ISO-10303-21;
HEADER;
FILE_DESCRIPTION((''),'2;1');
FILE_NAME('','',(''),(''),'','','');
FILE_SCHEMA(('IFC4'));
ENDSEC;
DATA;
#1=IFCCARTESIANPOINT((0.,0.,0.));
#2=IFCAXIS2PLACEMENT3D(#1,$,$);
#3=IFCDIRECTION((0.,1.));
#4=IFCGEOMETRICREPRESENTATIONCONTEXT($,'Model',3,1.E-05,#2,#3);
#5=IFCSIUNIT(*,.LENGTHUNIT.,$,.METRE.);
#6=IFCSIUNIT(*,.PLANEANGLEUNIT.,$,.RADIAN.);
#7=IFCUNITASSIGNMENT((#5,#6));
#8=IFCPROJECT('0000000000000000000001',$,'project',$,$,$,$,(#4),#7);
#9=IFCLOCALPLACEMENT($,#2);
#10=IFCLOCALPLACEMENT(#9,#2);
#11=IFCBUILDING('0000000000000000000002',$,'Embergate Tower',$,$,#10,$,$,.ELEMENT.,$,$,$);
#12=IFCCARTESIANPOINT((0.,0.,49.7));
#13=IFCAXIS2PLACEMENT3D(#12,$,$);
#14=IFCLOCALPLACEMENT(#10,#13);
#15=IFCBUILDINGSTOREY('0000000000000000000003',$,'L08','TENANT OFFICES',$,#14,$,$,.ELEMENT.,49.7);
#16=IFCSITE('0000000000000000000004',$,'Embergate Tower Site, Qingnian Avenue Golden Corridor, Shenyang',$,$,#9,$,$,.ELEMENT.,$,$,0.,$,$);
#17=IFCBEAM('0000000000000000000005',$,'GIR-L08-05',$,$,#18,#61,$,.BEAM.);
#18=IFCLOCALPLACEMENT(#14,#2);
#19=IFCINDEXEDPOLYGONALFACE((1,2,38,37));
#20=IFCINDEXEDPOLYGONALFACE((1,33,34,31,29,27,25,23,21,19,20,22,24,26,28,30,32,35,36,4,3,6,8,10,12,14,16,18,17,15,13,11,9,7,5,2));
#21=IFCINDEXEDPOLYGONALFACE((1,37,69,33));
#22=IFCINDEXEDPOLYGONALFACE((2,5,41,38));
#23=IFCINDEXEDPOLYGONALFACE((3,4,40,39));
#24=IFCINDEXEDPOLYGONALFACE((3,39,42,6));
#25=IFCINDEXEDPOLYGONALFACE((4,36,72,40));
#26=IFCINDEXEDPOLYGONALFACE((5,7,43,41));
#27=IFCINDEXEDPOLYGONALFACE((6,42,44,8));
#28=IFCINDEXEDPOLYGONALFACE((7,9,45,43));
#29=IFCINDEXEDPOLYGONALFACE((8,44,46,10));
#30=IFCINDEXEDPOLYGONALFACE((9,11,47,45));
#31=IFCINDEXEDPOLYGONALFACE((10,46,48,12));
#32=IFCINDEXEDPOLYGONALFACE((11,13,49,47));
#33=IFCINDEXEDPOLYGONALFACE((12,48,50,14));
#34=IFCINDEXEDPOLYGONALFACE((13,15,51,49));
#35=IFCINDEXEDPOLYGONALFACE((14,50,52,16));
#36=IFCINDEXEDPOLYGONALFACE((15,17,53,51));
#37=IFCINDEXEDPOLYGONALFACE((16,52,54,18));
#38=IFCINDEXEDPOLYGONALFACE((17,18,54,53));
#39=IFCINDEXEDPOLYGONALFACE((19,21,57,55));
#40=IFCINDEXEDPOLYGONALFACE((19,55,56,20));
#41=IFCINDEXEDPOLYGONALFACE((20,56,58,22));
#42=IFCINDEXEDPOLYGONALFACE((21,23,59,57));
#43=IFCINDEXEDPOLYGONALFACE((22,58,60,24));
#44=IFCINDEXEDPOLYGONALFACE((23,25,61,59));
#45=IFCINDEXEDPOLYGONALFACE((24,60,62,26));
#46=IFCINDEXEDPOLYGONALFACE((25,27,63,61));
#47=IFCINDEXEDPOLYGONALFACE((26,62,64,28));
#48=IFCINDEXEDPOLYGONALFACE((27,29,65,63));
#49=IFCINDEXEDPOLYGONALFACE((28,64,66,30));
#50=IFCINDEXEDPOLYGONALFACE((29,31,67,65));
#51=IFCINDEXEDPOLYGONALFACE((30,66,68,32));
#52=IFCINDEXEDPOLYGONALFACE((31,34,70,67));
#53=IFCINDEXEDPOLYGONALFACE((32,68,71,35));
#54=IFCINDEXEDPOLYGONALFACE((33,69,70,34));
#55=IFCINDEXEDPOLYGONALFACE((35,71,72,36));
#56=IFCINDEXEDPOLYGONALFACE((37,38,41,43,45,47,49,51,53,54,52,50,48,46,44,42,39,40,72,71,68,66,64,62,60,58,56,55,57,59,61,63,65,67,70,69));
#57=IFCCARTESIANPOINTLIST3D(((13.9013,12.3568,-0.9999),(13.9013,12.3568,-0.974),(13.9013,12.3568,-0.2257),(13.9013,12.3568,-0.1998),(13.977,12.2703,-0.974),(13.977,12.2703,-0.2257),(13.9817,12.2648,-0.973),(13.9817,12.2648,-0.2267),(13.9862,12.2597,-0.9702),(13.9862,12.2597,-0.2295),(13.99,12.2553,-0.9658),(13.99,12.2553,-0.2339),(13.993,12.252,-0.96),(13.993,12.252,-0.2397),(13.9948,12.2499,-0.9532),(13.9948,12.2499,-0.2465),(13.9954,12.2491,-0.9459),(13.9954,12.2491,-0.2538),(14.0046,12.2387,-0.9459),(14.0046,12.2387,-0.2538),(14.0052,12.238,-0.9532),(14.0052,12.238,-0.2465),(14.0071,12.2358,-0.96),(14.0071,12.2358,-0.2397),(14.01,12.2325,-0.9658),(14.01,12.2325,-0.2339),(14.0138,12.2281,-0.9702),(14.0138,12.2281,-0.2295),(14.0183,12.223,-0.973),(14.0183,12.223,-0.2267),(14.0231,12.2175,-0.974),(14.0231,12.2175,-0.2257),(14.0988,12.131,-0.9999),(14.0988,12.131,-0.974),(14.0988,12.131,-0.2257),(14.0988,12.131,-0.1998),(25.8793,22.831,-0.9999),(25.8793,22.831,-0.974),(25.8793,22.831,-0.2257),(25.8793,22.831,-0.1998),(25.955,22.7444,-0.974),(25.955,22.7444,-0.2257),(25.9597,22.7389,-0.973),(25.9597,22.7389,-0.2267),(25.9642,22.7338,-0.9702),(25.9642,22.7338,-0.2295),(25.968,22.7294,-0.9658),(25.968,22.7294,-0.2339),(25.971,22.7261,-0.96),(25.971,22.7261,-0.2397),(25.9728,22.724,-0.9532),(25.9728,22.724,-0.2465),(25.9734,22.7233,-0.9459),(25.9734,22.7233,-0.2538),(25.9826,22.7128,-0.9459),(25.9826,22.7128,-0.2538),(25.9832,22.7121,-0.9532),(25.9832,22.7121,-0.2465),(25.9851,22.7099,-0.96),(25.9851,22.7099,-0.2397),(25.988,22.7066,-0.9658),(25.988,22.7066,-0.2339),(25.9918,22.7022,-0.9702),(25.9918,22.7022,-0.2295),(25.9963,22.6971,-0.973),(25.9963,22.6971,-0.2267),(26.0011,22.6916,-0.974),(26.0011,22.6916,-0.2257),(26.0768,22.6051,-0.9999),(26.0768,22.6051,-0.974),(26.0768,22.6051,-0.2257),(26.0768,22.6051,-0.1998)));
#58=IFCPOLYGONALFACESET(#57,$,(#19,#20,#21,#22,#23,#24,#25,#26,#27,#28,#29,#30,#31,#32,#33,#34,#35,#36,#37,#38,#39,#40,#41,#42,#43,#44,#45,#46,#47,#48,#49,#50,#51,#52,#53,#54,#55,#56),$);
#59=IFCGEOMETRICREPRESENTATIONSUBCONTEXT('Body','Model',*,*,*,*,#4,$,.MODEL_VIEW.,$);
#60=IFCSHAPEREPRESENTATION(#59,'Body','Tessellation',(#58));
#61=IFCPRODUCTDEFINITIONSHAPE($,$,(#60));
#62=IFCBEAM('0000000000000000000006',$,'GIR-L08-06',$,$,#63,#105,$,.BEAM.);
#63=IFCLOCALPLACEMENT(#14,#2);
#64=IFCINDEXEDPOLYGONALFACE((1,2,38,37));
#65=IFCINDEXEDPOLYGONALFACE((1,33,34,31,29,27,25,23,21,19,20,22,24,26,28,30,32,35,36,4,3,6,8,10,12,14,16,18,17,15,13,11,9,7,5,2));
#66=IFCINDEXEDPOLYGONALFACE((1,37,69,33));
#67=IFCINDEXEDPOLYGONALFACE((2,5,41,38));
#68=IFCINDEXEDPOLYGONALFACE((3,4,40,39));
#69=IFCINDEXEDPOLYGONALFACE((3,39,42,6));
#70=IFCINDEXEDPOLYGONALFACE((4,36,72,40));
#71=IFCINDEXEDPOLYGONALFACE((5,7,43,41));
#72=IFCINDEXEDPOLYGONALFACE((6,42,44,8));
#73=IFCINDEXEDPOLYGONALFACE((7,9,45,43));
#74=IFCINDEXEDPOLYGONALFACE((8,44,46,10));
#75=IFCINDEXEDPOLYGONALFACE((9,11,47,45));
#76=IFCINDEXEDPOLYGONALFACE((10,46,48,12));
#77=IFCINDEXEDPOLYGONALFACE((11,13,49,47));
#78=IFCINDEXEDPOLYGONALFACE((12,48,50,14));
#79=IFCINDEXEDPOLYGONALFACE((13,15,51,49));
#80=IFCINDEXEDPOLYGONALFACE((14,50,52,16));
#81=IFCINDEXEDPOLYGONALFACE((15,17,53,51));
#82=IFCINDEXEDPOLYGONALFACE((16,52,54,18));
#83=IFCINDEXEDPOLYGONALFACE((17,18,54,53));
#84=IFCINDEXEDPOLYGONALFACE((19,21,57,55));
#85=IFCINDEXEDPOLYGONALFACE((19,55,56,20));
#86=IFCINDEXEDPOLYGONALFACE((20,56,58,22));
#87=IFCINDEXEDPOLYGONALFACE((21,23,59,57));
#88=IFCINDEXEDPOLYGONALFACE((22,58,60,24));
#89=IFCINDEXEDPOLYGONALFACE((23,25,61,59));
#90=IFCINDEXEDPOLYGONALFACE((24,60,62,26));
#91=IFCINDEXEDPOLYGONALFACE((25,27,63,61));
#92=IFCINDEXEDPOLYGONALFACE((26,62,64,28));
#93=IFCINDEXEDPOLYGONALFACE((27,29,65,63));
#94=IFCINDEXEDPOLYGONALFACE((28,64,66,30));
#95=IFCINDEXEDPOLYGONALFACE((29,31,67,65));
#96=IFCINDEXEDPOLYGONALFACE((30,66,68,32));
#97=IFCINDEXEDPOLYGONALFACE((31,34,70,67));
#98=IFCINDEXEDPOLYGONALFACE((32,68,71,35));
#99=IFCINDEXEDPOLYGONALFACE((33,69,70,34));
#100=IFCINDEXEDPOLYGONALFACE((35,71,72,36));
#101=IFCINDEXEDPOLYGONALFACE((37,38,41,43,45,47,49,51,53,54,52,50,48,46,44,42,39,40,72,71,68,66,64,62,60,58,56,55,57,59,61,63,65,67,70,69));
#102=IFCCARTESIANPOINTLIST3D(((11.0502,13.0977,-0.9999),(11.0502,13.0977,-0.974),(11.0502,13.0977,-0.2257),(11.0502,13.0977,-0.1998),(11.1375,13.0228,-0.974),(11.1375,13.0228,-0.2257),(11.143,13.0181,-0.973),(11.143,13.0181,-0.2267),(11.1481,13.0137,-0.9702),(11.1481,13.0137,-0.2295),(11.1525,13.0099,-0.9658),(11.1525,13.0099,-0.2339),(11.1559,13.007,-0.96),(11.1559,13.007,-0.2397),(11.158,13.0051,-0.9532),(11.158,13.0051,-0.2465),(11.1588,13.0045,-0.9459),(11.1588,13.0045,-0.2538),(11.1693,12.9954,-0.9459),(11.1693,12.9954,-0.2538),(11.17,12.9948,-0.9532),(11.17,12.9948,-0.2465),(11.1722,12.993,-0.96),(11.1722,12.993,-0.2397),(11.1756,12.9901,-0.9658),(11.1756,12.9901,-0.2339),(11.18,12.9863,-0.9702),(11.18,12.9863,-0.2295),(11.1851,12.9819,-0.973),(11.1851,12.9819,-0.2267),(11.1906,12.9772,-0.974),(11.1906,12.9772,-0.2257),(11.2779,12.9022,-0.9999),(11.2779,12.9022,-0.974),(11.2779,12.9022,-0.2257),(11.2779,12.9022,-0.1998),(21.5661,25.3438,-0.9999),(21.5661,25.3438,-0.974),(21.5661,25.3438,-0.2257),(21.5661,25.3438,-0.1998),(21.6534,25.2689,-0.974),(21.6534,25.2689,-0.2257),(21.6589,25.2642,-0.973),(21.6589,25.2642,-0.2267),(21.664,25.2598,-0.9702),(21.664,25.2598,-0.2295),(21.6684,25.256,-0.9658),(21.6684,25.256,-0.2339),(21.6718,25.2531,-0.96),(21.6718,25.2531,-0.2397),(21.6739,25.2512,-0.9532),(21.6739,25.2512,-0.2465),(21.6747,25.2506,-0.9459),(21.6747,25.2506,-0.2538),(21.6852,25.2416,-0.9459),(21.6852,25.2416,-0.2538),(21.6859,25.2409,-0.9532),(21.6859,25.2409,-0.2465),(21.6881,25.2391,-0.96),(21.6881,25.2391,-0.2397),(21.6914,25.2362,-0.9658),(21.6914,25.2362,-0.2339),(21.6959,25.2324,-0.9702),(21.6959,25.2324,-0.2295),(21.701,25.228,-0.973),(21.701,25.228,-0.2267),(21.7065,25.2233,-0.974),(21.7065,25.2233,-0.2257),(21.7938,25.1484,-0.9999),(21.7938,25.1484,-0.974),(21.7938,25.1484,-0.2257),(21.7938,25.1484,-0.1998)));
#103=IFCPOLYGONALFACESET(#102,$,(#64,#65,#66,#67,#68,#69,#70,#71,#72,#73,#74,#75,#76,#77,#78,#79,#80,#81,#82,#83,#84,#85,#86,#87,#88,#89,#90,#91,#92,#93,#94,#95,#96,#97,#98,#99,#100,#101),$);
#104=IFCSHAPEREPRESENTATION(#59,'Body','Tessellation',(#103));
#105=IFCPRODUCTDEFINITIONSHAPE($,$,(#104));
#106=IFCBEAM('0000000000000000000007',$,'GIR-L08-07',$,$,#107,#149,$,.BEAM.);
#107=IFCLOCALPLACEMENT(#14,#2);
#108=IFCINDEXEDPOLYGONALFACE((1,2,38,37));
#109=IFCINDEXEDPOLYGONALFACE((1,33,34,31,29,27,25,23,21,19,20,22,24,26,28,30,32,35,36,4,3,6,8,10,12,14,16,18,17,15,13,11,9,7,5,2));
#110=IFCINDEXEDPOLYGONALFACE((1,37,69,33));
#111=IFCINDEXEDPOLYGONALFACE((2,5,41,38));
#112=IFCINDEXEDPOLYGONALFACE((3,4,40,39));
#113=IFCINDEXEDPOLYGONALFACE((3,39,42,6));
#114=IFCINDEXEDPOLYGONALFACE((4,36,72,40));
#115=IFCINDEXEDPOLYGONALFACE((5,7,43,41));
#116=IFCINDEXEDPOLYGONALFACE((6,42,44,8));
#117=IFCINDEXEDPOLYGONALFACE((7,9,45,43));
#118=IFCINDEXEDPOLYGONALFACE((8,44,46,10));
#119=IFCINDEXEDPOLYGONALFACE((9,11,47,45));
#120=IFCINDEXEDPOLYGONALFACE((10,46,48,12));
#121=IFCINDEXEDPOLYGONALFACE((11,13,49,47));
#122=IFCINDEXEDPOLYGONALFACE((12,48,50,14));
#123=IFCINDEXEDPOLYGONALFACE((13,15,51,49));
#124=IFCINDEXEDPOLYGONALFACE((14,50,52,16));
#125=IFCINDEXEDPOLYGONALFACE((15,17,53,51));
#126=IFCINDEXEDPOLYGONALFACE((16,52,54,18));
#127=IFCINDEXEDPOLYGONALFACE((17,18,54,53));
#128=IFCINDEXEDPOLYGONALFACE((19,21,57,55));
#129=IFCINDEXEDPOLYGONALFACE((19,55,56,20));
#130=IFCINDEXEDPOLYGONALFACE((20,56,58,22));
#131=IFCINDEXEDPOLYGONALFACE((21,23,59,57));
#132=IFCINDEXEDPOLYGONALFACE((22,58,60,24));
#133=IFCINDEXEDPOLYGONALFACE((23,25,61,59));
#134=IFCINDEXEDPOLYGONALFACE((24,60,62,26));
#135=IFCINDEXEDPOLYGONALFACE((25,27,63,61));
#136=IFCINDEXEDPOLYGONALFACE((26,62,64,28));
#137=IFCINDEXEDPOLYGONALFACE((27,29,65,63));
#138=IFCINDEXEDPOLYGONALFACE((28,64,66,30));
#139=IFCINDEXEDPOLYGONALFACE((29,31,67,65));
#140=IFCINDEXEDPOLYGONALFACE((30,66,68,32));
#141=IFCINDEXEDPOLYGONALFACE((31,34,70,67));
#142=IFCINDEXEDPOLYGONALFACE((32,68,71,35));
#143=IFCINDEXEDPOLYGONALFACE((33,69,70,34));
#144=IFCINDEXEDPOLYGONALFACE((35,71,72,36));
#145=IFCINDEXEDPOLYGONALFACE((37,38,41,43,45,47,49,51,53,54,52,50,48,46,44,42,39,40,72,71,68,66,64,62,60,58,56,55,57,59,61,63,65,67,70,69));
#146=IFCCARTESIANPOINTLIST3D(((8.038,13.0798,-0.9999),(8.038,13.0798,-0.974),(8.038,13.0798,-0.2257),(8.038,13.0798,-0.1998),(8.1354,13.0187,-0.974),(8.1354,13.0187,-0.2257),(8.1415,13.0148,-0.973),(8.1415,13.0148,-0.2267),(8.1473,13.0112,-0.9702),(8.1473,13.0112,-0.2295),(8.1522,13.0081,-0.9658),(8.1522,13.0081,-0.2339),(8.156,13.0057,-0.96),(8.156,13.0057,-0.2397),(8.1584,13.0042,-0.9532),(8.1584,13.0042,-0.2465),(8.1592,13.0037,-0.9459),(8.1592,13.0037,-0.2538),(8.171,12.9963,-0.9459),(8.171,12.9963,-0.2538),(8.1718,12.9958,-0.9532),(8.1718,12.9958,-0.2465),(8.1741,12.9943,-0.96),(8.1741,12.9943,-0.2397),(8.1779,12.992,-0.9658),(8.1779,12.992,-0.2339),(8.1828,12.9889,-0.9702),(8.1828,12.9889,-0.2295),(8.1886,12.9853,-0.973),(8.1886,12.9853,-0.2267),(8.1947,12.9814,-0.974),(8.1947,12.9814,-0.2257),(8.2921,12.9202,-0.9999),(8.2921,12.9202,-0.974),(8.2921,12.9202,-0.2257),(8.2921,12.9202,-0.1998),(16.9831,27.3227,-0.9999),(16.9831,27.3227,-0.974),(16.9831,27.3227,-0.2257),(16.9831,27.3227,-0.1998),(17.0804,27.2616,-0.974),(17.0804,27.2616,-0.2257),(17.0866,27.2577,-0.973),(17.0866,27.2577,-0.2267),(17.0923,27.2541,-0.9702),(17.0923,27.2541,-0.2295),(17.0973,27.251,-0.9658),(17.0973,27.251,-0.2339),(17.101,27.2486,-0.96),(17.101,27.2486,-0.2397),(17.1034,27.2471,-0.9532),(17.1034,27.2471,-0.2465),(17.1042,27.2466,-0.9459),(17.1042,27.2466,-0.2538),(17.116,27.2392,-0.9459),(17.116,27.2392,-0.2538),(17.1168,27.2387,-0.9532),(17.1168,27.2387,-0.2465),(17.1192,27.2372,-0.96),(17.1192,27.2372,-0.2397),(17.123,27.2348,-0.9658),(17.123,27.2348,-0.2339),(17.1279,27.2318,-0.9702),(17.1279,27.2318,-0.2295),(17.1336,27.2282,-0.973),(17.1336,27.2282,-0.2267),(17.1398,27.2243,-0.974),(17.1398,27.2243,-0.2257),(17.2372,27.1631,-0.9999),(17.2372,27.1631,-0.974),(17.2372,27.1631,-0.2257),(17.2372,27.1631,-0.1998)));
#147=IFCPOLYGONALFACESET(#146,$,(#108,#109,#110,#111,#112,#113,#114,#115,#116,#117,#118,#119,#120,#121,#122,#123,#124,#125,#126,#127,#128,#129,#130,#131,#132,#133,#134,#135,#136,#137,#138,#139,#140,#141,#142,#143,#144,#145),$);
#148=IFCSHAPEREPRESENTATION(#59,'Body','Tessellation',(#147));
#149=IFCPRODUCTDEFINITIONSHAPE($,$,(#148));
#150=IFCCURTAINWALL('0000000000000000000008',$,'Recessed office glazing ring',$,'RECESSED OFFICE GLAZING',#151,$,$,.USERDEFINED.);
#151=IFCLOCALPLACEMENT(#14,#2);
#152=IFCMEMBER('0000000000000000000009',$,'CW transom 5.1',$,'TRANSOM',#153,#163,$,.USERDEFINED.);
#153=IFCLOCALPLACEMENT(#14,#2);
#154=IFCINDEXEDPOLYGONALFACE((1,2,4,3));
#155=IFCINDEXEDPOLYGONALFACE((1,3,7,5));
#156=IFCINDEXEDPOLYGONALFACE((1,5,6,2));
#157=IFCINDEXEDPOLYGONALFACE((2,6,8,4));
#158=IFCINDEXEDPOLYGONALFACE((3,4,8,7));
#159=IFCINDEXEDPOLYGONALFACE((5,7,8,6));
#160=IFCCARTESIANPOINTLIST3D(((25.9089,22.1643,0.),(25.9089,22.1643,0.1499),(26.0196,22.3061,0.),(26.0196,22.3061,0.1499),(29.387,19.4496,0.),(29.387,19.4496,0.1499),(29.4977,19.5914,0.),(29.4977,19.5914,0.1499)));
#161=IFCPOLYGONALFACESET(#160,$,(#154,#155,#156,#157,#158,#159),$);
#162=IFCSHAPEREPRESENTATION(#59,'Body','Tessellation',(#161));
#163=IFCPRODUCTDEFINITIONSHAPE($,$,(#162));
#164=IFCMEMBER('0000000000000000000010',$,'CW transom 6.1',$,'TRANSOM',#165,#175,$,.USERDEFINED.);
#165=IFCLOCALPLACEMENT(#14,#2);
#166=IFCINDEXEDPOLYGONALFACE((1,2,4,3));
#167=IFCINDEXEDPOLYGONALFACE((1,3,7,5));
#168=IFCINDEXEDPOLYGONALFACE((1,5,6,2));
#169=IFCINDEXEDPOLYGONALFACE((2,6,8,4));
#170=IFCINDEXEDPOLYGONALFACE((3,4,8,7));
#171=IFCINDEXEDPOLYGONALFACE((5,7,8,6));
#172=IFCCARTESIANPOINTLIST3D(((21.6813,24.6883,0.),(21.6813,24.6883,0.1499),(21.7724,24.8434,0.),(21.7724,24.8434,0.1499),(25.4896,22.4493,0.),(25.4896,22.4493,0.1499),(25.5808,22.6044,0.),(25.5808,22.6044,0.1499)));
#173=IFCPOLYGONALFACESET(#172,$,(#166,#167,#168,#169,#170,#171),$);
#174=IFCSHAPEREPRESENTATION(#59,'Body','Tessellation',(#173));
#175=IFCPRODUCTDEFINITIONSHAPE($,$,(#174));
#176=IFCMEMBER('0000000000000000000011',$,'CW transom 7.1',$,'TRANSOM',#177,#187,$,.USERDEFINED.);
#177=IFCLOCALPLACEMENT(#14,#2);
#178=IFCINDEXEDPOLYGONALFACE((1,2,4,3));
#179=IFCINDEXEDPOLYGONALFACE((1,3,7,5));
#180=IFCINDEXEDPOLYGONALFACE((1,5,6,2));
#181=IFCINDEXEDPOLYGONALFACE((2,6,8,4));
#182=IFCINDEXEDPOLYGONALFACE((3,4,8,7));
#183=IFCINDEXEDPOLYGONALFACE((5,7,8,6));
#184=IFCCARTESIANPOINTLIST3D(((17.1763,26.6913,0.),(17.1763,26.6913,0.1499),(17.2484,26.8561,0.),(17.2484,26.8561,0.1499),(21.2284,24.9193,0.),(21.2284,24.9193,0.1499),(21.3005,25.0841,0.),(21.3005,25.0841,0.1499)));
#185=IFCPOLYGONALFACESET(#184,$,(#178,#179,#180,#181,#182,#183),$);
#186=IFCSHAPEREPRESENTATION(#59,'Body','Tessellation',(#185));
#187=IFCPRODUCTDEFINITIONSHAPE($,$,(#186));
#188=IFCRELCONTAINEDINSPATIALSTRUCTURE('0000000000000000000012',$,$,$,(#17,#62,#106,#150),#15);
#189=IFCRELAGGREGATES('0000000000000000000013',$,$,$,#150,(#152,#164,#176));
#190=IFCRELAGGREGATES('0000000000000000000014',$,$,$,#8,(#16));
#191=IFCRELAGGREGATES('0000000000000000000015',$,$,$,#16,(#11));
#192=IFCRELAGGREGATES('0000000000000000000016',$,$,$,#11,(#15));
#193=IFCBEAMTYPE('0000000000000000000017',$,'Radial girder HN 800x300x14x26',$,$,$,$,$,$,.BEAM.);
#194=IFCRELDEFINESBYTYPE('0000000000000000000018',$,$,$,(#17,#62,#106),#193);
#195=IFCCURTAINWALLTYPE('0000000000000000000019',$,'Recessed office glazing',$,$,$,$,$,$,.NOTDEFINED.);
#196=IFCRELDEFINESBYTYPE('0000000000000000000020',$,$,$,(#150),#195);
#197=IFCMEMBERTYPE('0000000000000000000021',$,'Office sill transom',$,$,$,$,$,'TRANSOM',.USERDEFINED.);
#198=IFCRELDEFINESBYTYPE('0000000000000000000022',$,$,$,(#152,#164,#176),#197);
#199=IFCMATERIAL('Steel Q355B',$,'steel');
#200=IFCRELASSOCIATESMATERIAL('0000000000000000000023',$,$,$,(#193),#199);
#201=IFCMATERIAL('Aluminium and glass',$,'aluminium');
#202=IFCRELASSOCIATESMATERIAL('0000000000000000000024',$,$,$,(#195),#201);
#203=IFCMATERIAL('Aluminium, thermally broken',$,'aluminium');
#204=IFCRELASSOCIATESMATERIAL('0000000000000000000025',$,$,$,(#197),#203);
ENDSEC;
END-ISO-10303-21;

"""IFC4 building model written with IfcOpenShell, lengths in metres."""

from ifc_helpers import new_model, si_unit, direction, frame, origin, origin_2d, place, context, subcontext, project, spatial, rectangle, i_section, extrude, source, transform, mapped, material, material_profile, profile_set, type_object, element, aggregate, save


model = new_model("IFC4")

# Units and contexts
model_context = context("Model", 3, precision=1e-05, world=origin(), true_north=direction((0.0, 1.0)))
body_context = subcontext(model_context, "Body", "Model", "MODEL_VIEW")
ifc_project = project(units=[si_unit("LENGTHUNIT", "METRE"), si_unit("PLANEANGLEUNIT", "RADIAN")], contexts=[model_context])

# Site, building, storey
site_placement = place(None, origin())
site = spatial("IfcSite", under=ifc_project, at=site_placement, Name="Embergate Tower Site, Qingnian Avenue Golden Corridor, Shenyang", CompositionType="ELEMENT", RefElevation=0.0)
building_placement = place(site_placement, origin())
building = spatial("IfcBuilding", under=site, at=building_placement, Name="Embergate Tower", CompositionType="ELEMENT")
storey_placement = place(building_placement, frame((0.0, 0.0, 49.7)))
storey = spatial("IfcBuildingStorey", under=building, at=storey_placement, Name="L08", Description="TENANT OFFICES", CompositionType="ELEMENT", Elevation=49.7)

# Beams
ifc_material_1 = material(Name="Steel Q355B", Category="steel")
ifc_material_profile_1 = material_profile(ifc_material_1, i_section(OverallWidth=0.3, OverallDepth=0.8, WebThickness=0.0139, FlangeThickness=0.0259, FilletRadius=0.0281, at=origin_2d()), Name="HN 800x300x14x26")
ifc_profile_set_1 = profile_set([ifc_material_profile_1], Name="Steel Q355 grade B")
beam_type_1 = type_object("IfcBeamType", Name="Radial girder HN 800x300x14x26", PredefinedType="BEAM", material=ifc_profile_set_1)
shared_shape_1 = source(origin(), body_context, "Body", "SweptSolid", [
    extrude(i_section(OverallWidth=0.3, OverallDepth=0.8, WebThickness=0.0139, FlangeThickness=0.0259, FilletRadius=0.0281, at=origin_2d()), origin(), (0.0, 0.0, 1.0), 15.9116),
])
beam_1_placement = place(storey_placement, frame((25.978, 22.718, -0.5999), z_axis=(-0.752784, -0.658268, 0.0), x_axis=(0.658268, -0.752784, 0.0)))
element("IfcBeam", 1, at=beam_1_placement, inside=storey, type_object=beam_type_1, Name="GIR-L08-05", PredefinedType="BEAM", context=body_context, shape_type="MappedRepresentation", body=[
    mapped(shared_shape_1, transform((0.0, 0.0, 0.0))),
])
shared_shape_2 = source(origin(), body_context, "Body", "SweptSolid", [
    extrude(i_section(OverallWidth=0.3, OverallDepth=0.8, WebThickness=0.0139, FlangeThickness=0.0259, FilletRadius=0.0281, at=origin_2d()), origin(), (0.0, 0.0, 1.0), 16.1416),
])
beam_2_placement = place(storey_placement, frame((21.6799, 25.2461, -0.5999), z_axis=(-0.651477, -0.758668, 0.0), x_axis=(0.758668, -0.651477, 0.0)))
element("IfcBeam", 2, at=beam_2_placement, inside=storey, type_object=beam_type_1, Name="GIR-L08-06", PredefinedType="BEAM", context=body_context, shape_type="MappedRepresentation", body=[
    mapped(shared_shape_2, transform((0.0, 0.0, 0.0))),
])
shared_shape_3 = source(origin(), body_context, "Body", "SweptSolid", [
    extrude(i_section(OverallWidth=0.3, OverallDepth=0.8, WebThickness=0.0139, FlangeThickness=0.0259, FilletRadius=0.0281, at=origin_2d()), origin(), (0.0, 0.0, 1.0), 16.8188),
])
beam_3_placement = place(storey_placement, frame((17.1101, 27.2429, -0.5999), z_axis=(-0.531847, -0.846841, 0.0), x_axis=(0.846841, -0.531847, 0.0)))
element("IfcBeam", 3, at=beam_3_placement, inside=storey, type_object=beam_type_1, Name="GIR-L08-07", PredefinedType="BEAM", context=body_context, shape_type="MappedRepresentation", body=[
    mapped(shared_shape_3, transform((0.0, 0.0, 0.0))),
])

# Curtain wall, members
ifc_material_2 = material(Name="Aluminium and glass", Category="aluminium")
curtain_wall_type = type_object("IfcCurtainWallType", Name="Recessed office glazing", PredefinedType="NOTDEFINED", material=ifc_material_2)
curtain_wall_placement = place(storey_placement, origin())
curtain_wall = element("IfcCurtainWall", 4, at=curtain_wall_placement, inside=storey, type_object=curtain_wall_type, Name="Recessed office glazing ring", ObjectType="RECESSED OFFICE GLAZING", PredefinedType="USERDEFINED")
ifc_material_3 = material(Name="Aluminium, thermally broken", Category="aluminium")
ifc_material_profile_2 = material_profile(ifc_material_3, rectangle(XDim=0.1799, YDim=0.1499, at=origin_2d()), Name="AL 150x180")
ifc_profile_set_2 = profile_set([ifc_material_profile_2], Name="Aluminium, thermally broken")
member_type_1 = type_object("IfcMemberType", Name="Office sill transom", ElementType="TRANSOM", PredefinedType="USERDEFINED", material=ifc_profile_set_2)
shared_shape_4 = source(origin(), body_context, "Body", "SweptSolid", [
    extrude(rectangle(XDim=0.1799, YDim=0.1499, at=origin_2d()), origin(), (0.0, 0.0, 1.0), 4.4121),
])
member_1_placement = place(storey_placement, frame((29.4424, 19.5205, 0.075), z_axis=(-0.788311, 0.615277, 0.0), x_axis=(-0.615277, -0.788311, 0.0)))
member_1 = element("IfcMember", 5, at=member_1_placement, type_object=member_type_1, Name="CW transom 5.1", ObjectType="TRANSOM", PredefinedType="USERDEFINED", context=body_context, shape_type="MappedRepresentation", body=[
    mapped(shared_shape_4, transform((0.0, 0.0, 0.0))),
])
shared_shape_5 = source(origin(), body_context, "Body", "SweptSolid", [
    extrude(rectangle(XDim=0.1799, YDim=0.1499, at=origin_2d()), origin(), (0.0, 0.0, 1.0), 4.4177),
])
member_2_placement = place(storey_placement, frame((25.5352, 22.5269, 0.075), z_axis=(-0.862052, 0.50682, 0.0), x_axis=(-0.50682, -0.862052, 0.0)))
member_2 = element("IfcMember", 6, at=member_2_placement, type_object=member_type_1, Name="CW transom 6.1", ObjectType="TRANSOM", PredefinedType="USERDEFINED", context=body_context, shape_type="MappedRepresentation", body=[
    mapped(shared_shape_5, transform((0.0, 0.0, 0.0))),
])
shared_shape_6 = source(origin(), body_context, "Body", "SweptSolid", [
    extrude(rectangle(XDim=0.1799, YDim=0.1499, at=origin_2d()), origin(), (0.0, 0.0, 1.0), 4.4226),
])
member_3_placement = place(storey_placement, frame((21.2644, 25.0017, 0.075), z_axis=(-0.916222, 0.400671, 0.0), x_axis=(-0.400671, -0.916222, 0.0)))
member_3 = element("IfcMember", 7, at=member_3_placement, type_object=member_type_1, Name="CW transom 7.1", ObjectType="TRANSOM", PredefinedType="USERDEFINED", context=body_context, shape_type="MappedRepresentation", body=[
    mapped(shared_shape_6, transform((0.0, 0.0, 0.0))),
])
aggregate(curtain_wall, [member_1, member_2, member_3])

save(model, "model.ifc")
